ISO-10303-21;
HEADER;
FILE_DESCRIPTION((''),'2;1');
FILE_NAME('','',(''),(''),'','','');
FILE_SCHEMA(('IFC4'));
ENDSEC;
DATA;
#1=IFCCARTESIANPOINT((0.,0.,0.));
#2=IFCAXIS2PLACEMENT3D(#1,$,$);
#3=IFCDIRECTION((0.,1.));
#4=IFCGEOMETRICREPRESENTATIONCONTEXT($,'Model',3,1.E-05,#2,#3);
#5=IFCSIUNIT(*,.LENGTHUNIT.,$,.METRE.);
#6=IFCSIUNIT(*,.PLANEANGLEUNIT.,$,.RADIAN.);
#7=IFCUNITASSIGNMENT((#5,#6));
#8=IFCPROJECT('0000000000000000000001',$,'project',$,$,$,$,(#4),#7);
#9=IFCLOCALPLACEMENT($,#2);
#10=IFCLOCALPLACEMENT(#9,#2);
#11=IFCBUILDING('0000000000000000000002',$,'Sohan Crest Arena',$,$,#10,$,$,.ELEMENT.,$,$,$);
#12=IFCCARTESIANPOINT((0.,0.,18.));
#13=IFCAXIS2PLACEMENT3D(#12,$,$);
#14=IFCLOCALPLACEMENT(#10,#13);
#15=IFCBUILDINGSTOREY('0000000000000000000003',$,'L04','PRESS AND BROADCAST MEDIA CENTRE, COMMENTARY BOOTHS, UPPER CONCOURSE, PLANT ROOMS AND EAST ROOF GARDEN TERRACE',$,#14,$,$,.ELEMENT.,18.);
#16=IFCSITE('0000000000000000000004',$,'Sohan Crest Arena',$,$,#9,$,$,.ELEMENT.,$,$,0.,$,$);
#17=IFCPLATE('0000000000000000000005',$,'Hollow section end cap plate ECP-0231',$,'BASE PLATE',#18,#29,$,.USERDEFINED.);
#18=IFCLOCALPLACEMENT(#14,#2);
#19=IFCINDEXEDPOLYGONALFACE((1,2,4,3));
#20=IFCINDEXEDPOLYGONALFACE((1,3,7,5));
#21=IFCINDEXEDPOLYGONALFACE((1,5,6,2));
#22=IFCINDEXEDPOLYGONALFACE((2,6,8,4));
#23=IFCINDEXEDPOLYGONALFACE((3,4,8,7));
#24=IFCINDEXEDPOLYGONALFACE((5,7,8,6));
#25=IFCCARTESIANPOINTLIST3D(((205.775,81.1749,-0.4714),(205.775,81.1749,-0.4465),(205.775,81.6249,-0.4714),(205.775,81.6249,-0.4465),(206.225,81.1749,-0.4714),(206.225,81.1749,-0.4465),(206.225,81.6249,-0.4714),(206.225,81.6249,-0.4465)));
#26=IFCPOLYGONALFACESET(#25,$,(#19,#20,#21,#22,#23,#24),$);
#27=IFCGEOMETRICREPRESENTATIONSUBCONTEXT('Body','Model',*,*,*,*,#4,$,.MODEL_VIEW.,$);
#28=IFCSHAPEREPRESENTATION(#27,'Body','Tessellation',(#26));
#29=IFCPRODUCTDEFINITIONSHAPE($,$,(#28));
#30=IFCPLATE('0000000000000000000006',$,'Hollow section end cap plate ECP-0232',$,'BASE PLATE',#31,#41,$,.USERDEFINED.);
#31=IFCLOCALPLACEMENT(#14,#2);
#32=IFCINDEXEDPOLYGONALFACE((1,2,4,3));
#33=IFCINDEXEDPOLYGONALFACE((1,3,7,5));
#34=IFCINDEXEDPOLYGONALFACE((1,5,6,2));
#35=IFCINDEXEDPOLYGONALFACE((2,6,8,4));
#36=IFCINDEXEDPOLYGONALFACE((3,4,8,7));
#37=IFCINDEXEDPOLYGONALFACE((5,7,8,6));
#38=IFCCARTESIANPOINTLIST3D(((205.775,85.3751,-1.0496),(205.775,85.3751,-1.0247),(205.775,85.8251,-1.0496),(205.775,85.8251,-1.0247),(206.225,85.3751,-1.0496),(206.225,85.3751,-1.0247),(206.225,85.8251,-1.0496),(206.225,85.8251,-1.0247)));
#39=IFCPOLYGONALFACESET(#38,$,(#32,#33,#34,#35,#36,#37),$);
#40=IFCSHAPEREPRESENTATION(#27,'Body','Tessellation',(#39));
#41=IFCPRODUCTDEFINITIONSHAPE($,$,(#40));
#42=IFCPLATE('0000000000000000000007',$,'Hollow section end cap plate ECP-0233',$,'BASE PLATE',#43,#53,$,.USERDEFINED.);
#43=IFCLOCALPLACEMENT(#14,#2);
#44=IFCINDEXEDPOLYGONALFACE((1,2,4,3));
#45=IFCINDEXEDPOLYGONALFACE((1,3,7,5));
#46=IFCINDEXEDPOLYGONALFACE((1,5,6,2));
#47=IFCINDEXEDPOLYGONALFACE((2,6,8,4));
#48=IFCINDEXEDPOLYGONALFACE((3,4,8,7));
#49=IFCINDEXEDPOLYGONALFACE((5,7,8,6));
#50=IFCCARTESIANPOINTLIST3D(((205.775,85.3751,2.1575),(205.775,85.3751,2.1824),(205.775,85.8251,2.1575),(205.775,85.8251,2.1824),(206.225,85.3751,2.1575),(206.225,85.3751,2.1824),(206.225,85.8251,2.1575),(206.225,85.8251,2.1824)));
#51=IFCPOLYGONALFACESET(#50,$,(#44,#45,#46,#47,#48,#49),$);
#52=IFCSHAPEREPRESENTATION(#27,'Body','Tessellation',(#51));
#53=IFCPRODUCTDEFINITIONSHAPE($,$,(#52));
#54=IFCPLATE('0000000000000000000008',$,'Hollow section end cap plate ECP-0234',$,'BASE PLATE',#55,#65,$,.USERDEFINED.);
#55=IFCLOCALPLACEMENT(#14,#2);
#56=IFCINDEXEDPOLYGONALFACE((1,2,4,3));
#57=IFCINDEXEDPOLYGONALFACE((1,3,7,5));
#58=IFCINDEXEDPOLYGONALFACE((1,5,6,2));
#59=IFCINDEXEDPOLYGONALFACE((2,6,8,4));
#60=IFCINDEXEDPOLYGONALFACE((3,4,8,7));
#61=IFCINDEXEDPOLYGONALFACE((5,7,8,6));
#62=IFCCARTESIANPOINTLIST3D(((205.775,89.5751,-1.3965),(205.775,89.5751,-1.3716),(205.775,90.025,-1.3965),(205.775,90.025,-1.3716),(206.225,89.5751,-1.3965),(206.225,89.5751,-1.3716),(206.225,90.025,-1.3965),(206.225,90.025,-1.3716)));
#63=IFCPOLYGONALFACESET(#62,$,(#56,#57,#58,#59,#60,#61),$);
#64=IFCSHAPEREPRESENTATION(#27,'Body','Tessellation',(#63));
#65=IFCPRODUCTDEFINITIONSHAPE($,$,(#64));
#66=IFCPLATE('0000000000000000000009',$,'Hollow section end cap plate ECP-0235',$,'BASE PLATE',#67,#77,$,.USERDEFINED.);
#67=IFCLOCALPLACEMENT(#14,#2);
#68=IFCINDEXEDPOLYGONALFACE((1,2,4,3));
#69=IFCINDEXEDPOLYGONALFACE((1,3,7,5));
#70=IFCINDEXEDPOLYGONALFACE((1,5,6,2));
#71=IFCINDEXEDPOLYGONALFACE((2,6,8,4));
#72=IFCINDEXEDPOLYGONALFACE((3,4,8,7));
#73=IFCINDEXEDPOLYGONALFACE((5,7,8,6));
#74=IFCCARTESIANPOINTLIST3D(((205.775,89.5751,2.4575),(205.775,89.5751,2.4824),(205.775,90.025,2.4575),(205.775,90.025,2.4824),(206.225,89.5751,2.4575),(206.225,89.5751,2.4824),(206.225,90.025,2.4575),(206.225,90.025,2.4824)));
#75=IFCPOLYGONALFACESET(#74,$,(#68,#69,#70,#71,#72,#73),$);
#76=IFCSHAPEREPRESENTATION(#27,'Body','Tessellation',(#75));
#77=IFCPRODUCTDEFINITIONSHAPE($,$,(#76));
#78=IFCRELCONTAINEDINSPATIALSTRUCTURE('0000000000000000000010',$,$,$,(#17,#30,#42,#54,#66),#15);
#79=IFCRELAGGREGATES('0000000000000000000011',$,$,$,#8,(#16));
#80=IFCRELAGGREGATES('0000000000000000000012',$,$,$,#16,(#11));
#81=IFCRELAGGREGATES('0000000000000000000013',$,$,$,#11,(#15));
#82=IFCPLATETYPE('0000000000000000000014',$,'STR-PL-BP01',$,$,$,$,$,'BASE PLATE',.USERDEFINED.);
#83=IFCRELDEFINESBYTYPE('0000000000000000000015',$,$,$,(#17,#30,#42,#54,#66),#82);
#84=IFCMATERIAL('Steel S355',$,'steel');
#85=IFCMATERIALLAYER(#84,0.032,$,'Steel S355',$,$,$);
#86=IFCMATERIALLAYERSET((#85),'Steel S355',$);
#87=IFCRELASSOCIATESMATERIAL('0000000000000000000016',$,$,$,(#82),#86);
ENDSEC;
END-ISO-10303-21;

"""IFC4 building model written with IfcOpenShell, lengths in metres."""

from ifc_helpers import new_model, si_unit, direction, frame, origin, origin_2d, place, context, subcontext, project, spatial, rectangle, extrude, material, layer, layer_set, type_object, element, save


model = new_model("IFC4")

# Units and contexts
model_context = context("Model", 3, precision=1e-05, world=origin(), true_north=direction((0.0, 1.0)))
body_context = subcontext(model_context, "Body", "Model", "MODEL_VIEW")
ifc_project = project(units=[si_unit("LENGTHUNIT", "METRE"), si_unit("PLANEANGLEUNIT", "RADIAN")], contexts=[model_context])

# Site, building, storey
site_placement = place(None, origin())
site = spatial("IfcSite", under=ifc_project, at=site_placement, Name="Sohan Crest Arena", CompositionType="ELEMENT", RefElevation=0.0)
building_placement = place(site_placement, origin())
building = spatial("IfcBuilding", under=site, at=building_placement, Name="Sohan Crest Arena", CompositionType="ELEMENT")
storey_placement = place(building_placement, frame((0.0, 0.0, 18.0)))
storey = spatial("IfcBuildingStorey", under=building, at=storey_placement, Name="L04", Description="PRESS AND BROADCAST MEDIA CENTRE, COMMENTARY BOOTHS, UPPER CONCOURSE, PLANT ROOMS AND EAST ROOF GARDEN TERRACE", CompositionType="ELEMENT", Elevation=18.0)

# Shared definitions
ifc_material = material(Name="Steel S355", Category="steel")

# Plates
ifc_layer = layer(ifc_material, 0.032, Name="Steel S355")
ifc_layer_set = layer_set([ifc_layer], Name="Steel S355")
plate_type = type_object("IfcPlateType", Name="STR-PL-BP01", ElementType="BASE PLATE", PredefinedType="USERDEFINED", material=ifc_layer_set)
for number, where, z_axis, x_axis, name in (
    (1, (206.0, 81.3999, -0.4714), (0.0, 0.0, 1.0), (1.0, 0.0, 0.0), "Hollow section end cap plate ECP-0231"),
    (2, (206.0, 85.6001, -1.0496), (0.0, 0.0, 1.0), (1.0, 0.0, 0.0), "Hollow section end cap plate ECP-0232"),
    (3, (206.0, 85.6001, 2.1575), (0.0, 0.0, 1.0), (1.0, 0.0, 0.0), "Hollow section end cap plate ECP-0233"),
    (4, (206.0, 89.8, -1.3965), (0.0, 0.0, 1.0), (1.0, 0.0, 0.0), "Hollow section end cap plate ECP-0234"),
    (5, (206.0, 89.8, 2.4575), (0.0, 0.0, 1.0), (1.0, 0.0, 0.0), "Hollow section end cap plate ECP-0235"),
):
    element("IfcPlate", number, at=place(storey_placement, frame(where, z_axis=z_axis, x_axis=x_axis)), inside=storey, type_object=plate_type, Name=name, ObjectType="BASE PLATE", PredefinedType="USERDEFINED", context=body_context, shape_type="SweptSolid", body=[
        extrude(rectangle(XDim=0.45, YDim=0.45, at=origin_2d()), origin(), (0.0, 0.0, 1.0), 0.0249),
    ])

save(model, "model.ifc")
